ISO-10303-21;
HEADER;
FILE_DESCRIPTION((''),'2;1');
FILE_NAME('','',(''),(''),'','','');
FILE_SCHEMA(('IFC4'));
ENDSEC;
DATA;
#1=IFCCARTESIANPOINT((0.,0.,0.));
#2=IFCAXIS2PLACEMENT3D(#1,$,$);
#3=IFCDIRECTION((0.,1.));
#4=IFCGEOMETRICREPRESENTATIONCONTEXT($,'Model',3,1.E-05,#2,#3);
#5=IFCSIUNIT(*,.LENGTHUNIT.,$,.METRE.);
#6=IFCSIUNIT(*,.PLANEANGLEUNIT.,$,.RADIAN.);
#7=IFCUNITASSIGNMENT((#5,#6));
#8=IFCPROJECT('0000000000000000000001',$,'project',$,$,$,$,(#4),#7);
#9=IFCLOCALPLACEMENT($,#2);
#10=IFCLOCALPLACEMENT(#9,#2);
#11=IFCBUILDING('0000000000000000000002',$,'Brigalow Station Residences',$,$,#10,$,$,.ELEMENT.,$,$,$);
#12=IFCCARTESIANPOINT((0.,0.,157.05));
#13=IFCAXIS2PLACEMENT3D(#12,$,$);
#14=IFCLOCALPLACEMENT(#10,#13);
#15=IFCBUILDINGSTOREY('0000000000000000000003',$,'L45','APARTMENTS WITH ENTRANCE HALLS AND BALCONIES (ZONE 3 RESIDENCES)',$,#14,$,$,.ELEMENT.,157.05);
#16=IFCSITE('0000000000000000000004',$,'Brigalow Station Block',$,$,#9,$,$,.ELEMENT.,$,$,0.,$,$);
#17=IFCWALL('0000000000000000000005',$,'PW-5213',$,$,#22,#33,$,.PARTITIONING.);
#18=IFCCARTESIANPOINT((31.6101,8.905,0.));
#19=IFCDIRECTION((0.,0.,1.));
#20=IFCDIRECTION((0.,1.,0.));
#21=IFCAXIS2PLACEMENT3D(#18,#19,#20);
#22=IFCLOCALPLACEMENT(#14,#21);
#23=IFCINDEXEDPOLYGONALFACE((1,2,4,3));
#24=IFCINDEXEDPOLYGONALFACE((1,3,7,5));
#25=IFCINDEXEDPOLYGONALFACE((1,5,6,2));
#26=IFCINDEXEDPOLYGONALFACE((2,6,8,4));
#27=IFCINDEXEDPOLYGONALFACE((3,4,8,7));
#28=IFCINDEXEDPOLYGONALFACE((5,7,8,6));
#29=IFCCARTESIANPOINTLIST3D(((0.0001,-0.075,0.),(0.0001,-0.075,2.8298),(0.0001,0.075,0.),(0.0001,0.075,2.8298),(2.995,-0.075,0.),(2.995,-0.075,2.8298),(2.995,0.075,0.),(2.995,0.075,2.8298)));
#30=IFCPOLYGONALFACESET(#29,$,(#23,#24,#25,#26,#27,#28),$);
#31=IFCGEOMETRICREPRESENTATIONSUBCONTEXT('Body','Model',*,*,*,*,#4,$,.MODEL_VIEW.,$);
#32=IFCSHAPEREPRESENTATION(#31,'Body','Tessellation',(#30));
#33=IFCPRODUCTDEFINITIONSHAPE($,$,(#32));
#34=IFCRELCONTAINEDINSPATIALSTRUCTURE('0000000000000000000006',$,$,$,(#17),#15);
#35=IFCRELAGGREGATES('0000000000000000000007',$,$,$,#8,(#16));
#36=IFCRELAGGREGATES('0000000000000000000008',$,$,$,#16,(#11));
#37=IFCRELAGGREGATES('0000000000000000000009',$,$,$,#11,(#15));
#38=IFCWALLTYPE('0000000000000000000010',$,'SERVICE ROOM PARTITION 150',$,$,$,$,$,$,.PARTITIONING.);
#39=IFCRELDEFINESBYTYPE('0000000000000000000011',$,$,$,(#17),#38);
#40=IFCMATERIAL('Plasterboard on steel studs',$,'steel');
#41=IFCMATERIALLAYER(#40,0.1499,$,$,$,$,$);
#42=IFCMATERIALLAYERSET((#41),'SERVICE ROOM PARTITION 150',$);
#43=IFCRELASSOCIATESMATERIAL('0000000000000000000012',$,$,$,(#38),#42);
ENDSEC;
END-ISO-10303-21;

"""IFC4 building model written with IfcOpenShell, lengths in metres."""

from ifc_helpers import new_model, si_unit, direction, frame, frame_2d, origin, place, context, subcontext, project, spatial, rectangle, extrude, material, layer, layer_set, type_object, element, save


model = new_model("IFC4")

# Units and contexts
model_context = context("Model", 3, precision=1e-05, world=origin(), true_north=direction((0.0, 1.0)))
body_context = subcontext(model_context, "Body", "Model", "MODEL_VIEW")
ifc_project = project(units=[si_unit("LENGTHUNIT", "METRE"), si_unit("PLANEANGLEUNIT", "RADIAN")], contexts=[model_context])

# Site, building, storey
site_placement = place(None, origin())
site = spatial("IfcSite", under=ifc_project, at=site_placement, Name="Brigalow Station Block", CompositionType="ELEMENT", RefElevation=0.0)
building_placement = place(site_placement, origin())
building = spatial("IfcBuilding", under=site, at=building_placement, Name="Brigalow Station Residences", CompositionType="ELEMENT")
storey_placement = place(building_placement, frame((0.0, 0.0, 157.05)))
storey = spatial("IfcBuildingStorey", under=building, at=storey_placement, Name="L45", Description="APARTMENTS WITH ENTRANCE HALLS AND BALCONIES (ZONE 3 RESIDENCES)", CompositionType="ELEMENT", Elevation=157.05)

# Shared definitions
ifc_material_1 = material(Name="Plasterboard on steel studs", Category="steel")
ifc_layer_1 = layer(ifc_material_1, 0.1499)
ifc_layer_set_1 = layer_set([ifc_layer_1], Name="SERVICE ROOM PARTITION 150")
wall_type_1 = type_object("IfcWallType", Name="SERVICE ROOM PARTITION 150", PredefinedType="PARTITIONING", material=ifc_layer_set_1)

# Wall
wall_1_placement = place(storey_placement, frame((31.6101, 8.905, 0.0), z_axis=(0.0, 0.0, 1.0), x_axis=(0.0, 1.0, 0.0)))
element("IfcWall", 1, at=wall_1_placement, inside=storey, type_object=wall_type_1, Name="PW-5213", PredefinedType="PARTITIONING", context=body_context, shape_type="SweptSolid", body=[
    extrude(rectangle(XDim=2.9949, YDim=0.1499, at=frame_2d((1.4976, 0.0))), origin(), (0.0, 0.0, 1.0), 2.8298),
])

save(model, "model.ifc")
